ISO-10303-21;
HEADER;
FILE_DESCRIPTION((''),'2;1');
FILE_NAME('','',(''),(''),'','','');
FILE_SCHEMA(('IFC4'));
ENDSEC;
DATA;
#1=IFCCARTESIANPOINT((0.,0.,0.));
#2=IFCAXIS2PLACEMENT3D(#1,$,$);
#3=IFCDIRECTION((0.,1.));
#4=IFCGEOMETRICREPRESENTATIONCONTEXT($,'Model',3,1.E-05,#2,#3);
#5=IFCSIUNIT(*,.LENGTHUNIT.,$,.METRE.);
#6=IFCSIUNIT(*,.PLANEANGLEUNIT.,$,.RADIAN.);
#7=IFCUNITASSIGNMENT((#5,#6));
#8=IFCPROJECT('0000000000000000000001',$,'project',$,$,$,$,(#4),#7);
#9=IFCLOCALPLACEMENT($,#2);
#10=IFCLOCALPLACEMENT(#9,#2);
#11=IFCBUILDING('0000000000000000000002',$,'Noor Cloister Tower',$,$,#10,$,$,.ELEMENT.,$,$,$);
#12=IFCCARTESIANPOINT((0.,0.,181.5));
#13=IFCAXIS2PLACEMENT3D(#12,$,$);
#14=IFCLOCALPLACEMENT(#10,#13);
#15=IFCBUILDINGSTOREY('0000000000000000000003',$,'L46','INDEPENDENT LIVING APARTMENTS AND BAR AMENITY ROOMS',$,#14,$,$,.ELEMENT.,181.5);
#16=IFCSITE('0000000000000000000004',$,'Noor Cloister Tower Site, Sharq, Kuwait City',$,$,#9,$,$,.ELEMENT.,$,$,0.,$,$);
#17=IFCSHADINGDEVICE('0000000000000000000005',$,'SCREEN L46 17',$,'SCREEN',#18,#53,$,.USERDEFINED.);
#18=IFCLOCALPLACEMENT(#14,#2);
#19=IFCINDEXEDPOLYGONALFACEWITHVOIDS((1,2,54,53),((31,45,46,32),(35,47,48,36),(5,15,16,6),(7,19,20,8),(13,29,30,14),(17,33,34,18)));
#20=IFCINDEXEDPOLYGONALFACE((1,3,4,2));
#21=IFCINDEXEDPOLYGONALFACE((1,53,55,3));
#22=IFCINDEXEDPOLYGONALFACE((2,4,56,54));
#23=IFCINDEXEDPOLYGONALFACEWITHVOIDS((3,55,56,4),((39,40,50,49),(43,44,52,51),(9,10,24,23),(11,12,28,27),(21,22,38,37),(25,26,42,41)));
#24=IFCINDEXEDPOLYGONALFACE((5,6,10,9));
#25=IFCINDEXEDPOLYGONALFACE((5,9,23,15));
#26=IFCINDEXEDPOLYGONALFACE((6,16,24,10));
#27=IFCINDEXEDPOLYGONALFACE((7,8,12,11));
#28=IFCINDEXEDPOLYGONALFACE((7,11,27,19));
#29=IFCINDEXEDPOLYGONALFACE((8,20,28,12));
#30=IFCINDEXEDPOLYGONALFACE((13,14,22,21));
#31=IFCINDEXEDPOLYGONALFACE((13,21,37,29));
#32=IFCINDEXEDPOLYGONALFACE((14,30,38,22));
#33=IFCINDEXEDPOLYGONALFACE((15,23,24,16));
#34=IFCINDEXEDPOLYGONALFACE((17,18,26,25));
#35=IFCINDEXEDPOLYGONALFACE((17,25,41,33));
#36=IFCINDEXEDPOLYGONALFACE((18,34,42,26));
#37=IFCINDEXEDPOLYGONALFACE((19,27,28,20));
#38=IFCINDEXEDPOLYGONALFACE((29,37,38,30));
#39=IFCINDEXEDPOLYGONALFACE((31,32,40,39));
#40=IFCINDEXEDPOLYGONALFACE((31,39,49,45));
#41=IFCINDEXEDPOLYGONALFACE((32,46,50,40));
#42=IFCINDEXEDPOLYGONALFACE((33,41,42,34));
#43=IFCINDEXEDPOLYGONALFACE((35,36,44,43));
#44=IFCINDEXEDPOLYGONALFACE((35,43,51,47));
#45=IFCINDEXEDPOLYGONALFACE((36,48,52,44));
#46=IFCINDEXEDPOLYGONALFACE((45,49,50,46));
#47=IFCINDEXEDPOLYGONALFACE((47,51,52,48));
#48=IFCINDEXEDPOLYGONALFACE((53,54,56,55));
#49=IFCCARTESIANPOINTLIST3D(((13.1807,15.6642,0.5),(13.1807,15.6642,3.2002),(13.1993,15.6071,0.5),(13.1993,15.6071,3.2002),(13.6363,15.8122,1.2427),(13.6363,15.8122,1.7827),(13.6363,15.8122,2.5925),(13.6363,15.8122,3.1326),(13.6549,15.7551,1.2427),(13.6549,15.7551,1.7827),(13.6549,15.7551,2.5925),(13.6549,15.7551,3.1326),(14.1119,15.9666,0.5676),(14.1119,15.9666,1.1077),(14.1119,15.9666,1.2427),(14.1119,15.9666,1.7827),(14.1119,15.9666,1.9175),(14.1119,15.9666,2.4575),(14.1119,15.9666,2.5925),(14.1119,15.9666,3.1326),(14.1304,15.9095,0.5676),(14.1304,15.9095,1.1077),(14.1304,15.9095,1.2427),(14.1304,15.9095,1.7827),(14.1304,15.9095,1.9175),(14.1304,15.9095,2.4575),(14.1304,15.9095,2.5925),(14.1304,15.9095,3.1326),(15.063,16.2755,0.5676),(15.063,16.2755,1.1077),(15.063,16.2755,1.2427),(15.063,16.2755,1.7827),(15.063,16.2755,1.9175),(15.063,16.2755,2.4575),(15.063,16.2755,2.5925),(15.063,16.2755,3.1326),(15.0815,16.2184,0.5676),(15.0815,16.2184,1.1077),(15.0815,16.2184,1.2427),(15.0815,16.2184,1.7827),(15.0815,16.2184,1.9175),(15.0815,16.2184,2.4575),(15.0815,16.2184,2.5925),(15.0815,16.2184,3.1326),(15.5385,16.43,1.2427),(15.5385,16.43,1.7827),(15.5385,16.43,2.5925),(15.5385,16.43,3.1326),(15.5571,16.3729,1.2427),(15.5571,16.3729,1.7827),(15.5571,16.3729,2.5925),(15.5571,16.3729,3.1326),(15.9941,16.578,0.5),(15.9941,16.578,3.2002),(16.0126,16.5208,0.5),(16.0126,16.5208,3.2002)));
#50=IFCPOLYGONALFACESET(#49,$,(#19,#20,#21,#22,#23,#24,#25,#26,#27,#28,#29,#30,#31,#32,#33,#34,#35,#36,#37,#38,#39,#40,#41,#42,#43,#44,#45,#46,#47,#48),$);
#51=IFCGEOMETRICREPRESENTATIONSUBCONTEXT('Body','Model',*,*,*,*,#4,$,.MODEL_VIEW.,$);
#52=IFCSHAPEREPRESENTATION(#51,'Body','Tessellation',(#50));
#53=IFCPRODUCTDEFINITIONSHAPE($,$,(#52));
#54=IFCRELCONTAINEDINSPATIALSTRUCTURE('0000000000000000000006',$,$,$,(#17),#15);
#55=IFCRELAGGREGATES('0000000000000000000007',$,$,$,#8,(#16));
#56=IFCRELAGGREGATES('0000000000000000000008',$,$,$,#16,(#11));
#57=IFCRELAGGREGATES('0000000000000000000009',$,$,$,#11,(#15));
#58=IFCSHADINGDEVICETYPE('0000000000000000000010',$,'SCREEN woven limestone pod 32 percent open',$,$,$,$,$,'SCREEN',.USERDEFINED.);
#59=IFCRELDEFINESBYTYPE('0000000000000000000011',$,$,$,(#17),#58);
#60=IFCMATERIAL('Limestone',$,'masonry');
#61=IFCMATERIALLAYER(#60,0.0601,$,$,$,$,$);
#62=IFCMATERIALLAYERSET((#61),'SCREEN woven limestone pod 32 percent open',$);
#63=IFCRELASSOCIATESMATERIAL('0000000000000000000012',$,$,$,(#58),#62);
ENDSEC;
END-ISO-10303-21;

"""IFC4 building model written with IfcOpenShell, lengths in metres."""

from ifc_helpers import new_model, si_unit, direction, frame, origin, place, context, subcontext, project, spatial, polyline, outline, extrude, material, layer, layer_set, type_object, element, save


model = new_model("IFC4")

# Units and contexts
model_context = context("Model", 3, precision=1e-05, world=origin(), true_north=direction((0.0, 1.0)))
body_context = subcontext(model_context, "Body", "Model", "MODEL_VIEW")
ifc_project = project(units=[si_unit("LENGTHUNIT", "METRE"), si_unit("PLANEANGLEUNIT", "RADIAN")], contexts=[model_context])

# Site, building, storey
site_placement = place(None, origin())
site = spatial("IfcSite", under=ifc_project, at=site_placement, Name="Noor Cloister Tower Site, Sharq, Kuwait City", CompositionType="ELEMENT", RefElevation=0.0)
building_placement = place(site_placement, origin())
building = spatial("IfcBuilding", under=site, at=building_placement, Name="Noor Cloister Tower", CompositionType="ELEMENT")
storey_placement = place(building_placement, frame((0.0, 0.0, 181.5)))
storey = spatial("IfcBuildingStorey", under=building, at=storey_placement, Name="L46", Description="INDEPENDENT LIVING APARTMENTS AND BAR AMENITY ROOMS", CompositionType="ELEMENT", Elevation=181.5)

# Shading device
ifc_material_1 = material(Name="Limestone", Category="masonry")
ifc_layer_1 = layer(ifc_material_1, 0.0601)
ifc_layer_set_1 = layer_set([ifc_layer_1], Name="SCREEN woven limestone pod 32 percent open")
shading_device_type = type_object("IfcShadingDeviceType", Name="SCREEN woven limestone pod 32 percent open", ElementType="SCREEN", PredefinedType="USERDEFINED", material=ifc_layer_set_1)
shading_device_1_placement = place(storey_placement, frame((14.606, 16.064, 1.8501), z_axis=(-0.308902, 0.951094, 0.0), x_axis=(-0.951094, -0.308902, 0.0)))
element("IfcShadingDevice", 1, at=shading_device_1_placement, inside=storey, type_object=shading_device_type, Name="SCREEN L46 17", ObjectType="SCREEN", PredefinedType="USERDEFINED", context=body_context, shape_type="SweptSolid", body=[
    extrude(outline(polyline([(-1.479, -1.3501), (1.479, -1.3501), (1.479, 1.3501), (-1.479, 1.3501), (-1.479, -1.3501)]), holes=[polyline([(-0.5, -1.2825), (0.5, -1.2825), (0.5, -0.7424), (-0.5, -0.7424), (-0.5, -1.2825)]), polyline([(-1.0, -0.6074), (-0.5, -0.6074), (-0.5, -0.0674), (-1.0, -0.0674), (-1.0, -0.6074)]), polyline([(0.5, -0.6074), (1.0, -0.6074), (1.0, -0.0674), (0.5, -0.0674), (0.5, -0.6074)]), polyline([(-0.5, 0.0674), (0.5, 0.0674), (0.5, 0.6074), (-0.5, 0.6074), (-0.5, 0.0674)]), polyline([(-1.0, 0.7424), (-0.5, 0.7424), (-0.5, 1.2825), (-1.0, 1.2825), (-1.0, 0.7424)]), polyline([(0.5, 0.7424), (1.0, 0.7424), (1.0, 1.2825), (0.5, 1.2825), (0.5, 0.7424)])]), origin(), (0.0, 0.0, 1.0), 0.0601),
])

save(model, "model.ifc")
